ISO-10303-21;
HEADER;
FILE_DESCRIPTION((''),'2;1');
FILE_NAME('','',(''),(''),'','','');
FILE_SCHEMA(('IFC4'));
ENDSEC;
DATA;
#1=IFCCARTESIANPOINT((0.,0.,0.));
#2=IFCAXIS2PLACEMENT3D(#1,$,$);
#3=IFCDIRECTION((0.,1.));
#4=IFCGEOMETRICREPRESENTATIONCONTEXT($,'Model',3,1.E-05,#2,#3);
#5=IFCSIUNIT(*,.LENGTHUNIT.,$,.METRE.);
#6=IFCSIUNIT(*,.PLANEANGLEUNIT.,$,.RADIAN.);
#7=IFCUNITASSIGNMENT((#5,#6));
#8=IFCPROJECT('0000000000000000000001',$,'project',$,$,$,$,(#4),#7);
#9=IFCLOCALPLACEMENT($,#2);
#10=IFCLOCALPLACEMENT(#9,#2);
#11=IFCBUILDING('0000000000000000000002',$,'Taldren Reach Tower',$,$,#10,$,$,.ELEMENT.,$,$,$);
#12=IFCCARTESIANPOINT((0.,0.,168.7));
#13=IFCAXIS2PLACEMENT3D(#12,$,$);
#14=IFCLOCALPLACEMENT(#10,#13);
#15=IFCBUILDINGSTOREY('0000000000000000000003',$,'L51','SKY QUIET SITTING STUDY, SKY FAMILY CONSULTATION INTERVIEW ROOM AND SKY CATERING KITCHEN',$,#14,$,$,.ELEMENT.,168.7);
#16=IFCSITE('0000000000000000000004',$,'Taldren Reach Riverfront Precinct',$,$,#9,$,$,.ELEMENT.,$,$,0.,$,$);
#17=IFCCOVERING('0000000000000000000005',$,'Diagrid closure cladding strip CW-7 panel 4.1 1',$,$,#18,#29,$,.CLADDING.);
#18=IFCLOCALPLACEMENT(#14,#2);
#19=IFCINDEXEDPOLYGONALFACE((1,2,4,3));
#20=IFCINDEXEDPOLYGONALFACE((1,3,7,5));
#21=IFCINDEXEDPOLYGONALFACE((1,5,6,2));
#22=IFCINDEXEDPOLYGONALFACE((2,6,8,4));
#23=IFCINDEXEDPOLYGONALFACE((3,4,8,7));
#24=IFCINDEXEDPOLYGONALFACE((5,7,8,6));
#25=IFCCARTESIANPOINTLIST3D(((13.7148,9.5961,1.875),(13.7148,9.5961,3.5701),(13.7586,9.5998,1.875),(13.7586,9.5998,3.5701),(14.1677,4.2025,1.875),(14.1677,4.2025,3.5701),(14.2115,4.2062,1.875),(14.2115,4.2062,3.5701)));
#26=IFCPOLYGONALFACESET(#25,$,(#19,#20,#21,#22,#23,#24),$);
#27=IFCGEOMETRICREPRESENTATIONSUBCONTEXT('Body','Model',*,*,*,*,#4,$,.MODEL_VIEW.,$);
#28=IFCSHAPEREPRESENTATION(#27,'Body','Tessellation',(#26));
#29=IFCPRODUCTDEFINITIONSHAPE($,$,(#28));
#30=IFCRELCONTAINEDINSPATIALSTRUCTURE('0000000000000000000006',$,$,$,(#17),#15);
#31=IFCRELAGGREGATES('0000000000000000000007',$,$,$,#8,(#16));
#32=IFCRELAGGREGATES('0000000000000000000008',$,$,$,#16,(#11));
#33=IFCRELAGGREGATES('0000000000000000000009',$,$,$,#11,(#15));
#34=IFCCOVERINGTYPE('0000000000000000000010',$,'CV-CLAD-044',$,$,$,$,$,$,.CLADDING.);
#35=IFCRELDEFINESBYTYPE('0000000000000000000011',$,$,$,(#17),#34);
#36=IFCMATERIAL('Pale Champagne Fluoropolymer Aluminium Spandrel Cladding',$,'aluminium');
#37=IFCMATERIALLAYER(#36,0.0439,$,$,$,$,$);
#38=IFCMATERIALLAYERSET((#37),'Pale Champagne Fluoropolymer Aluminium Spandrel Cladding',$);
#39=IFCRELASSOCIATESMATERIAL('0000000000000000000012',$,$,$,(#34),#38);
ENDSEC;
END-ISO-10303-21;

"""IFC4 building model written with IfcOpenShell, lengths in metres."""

from ifc_helpers import new_model, si_unit, direction, frame, origin, origin_2d, place, context, subcontext, project, spatial, rectangle, extrude, source, transform, mapped, material, layer, layer_set, type_object, element, save


model = new_model("IFC4")

# Units and contexts
model_context = context("Model", 3, precision=1e-05, world=origin(), true_north=direction((0.0, 1.0)))
body_context = subcontext(model_context, "Body", "Model", "MODEL_VIEW")
ifc_project = project(units=[si_unit("LENGTHUNIT", "METRE"), si_unit("PLANEANGLEUNIT", "RADIAN")], contexts=[model_context])

# Site, building, storey
site_placement = place(None, origin())
site = spatial("IfcSite", under=ifc_project, at=site_placement, Name="Taldren Reach Riverfront Precinct", CompositionType="ELEMENT", RefElevation=0.0)
building_placement = place(site_placement, origin())
building = spatial("IfcBuilding", under=site, at=building_placement, Name="Taldren Reach Tower", CompositionType="ELEMENT")
storey_placement = place(building_placement, frame((0.0, 0.0, 168.7)))
storey = spatial("IfcBuildingStorey", under=building, at=storey_placement, Name="L51", Description="SKY QUIET SITTING STUDY, SKY FAMILY CONSULTATION INTERVIEW ROOM AND SKY CATERING KITCHEN", CompositionType="ELEMENT", Elevation=168.7)

# Covering
ifc_material_1 = material(Name="Pale Champagne Fluoropolymer Aluminium Spandrel Cladding", Category="aluminium")
ifc_layer_1 = layer(ifc_material_1, 0.0439)
ifc_layer_set_1 = layer_set([ifc_layer_1], Name="Pale Champagne Fluoropolymer Aluminium Spandrel Cladding")
covering_type = type_object("IfcCoveringType", Name="CV-CLAD-044", PredefinedType="CLADDING", material=ifc_layer_set_1)
shared_shape_1 = source(origin(), body_context, "Body", "SweptSolid", [
    extrude(rectangle(XDim=5.4126, YDim=0.0439, at=origin_2d()), origin(), (0.0, 0.0, 1.0), 1.6951),
])
covering_placement = place(storey_placement, frame((13.9631, 6.9011, 1.875), z_axis=(0.0, 0.0, 1.0), x_axis=(0.083678, -0.996493, 0.0)))
element("IfcCovering", 1, at=covering_placement, inside=storey, type_object=covering_type, Name="Diagrid closure cladding strip CW-7 panel 4.1 1", PredefinedType="CLADDING", context=body_context, shape_type="MappedRepresentation", body=[
    mapped(shared_shape_1, transform((0.0, 0.0, 0.0), scale=1.0)),
])

save(model, "model.ifc")
